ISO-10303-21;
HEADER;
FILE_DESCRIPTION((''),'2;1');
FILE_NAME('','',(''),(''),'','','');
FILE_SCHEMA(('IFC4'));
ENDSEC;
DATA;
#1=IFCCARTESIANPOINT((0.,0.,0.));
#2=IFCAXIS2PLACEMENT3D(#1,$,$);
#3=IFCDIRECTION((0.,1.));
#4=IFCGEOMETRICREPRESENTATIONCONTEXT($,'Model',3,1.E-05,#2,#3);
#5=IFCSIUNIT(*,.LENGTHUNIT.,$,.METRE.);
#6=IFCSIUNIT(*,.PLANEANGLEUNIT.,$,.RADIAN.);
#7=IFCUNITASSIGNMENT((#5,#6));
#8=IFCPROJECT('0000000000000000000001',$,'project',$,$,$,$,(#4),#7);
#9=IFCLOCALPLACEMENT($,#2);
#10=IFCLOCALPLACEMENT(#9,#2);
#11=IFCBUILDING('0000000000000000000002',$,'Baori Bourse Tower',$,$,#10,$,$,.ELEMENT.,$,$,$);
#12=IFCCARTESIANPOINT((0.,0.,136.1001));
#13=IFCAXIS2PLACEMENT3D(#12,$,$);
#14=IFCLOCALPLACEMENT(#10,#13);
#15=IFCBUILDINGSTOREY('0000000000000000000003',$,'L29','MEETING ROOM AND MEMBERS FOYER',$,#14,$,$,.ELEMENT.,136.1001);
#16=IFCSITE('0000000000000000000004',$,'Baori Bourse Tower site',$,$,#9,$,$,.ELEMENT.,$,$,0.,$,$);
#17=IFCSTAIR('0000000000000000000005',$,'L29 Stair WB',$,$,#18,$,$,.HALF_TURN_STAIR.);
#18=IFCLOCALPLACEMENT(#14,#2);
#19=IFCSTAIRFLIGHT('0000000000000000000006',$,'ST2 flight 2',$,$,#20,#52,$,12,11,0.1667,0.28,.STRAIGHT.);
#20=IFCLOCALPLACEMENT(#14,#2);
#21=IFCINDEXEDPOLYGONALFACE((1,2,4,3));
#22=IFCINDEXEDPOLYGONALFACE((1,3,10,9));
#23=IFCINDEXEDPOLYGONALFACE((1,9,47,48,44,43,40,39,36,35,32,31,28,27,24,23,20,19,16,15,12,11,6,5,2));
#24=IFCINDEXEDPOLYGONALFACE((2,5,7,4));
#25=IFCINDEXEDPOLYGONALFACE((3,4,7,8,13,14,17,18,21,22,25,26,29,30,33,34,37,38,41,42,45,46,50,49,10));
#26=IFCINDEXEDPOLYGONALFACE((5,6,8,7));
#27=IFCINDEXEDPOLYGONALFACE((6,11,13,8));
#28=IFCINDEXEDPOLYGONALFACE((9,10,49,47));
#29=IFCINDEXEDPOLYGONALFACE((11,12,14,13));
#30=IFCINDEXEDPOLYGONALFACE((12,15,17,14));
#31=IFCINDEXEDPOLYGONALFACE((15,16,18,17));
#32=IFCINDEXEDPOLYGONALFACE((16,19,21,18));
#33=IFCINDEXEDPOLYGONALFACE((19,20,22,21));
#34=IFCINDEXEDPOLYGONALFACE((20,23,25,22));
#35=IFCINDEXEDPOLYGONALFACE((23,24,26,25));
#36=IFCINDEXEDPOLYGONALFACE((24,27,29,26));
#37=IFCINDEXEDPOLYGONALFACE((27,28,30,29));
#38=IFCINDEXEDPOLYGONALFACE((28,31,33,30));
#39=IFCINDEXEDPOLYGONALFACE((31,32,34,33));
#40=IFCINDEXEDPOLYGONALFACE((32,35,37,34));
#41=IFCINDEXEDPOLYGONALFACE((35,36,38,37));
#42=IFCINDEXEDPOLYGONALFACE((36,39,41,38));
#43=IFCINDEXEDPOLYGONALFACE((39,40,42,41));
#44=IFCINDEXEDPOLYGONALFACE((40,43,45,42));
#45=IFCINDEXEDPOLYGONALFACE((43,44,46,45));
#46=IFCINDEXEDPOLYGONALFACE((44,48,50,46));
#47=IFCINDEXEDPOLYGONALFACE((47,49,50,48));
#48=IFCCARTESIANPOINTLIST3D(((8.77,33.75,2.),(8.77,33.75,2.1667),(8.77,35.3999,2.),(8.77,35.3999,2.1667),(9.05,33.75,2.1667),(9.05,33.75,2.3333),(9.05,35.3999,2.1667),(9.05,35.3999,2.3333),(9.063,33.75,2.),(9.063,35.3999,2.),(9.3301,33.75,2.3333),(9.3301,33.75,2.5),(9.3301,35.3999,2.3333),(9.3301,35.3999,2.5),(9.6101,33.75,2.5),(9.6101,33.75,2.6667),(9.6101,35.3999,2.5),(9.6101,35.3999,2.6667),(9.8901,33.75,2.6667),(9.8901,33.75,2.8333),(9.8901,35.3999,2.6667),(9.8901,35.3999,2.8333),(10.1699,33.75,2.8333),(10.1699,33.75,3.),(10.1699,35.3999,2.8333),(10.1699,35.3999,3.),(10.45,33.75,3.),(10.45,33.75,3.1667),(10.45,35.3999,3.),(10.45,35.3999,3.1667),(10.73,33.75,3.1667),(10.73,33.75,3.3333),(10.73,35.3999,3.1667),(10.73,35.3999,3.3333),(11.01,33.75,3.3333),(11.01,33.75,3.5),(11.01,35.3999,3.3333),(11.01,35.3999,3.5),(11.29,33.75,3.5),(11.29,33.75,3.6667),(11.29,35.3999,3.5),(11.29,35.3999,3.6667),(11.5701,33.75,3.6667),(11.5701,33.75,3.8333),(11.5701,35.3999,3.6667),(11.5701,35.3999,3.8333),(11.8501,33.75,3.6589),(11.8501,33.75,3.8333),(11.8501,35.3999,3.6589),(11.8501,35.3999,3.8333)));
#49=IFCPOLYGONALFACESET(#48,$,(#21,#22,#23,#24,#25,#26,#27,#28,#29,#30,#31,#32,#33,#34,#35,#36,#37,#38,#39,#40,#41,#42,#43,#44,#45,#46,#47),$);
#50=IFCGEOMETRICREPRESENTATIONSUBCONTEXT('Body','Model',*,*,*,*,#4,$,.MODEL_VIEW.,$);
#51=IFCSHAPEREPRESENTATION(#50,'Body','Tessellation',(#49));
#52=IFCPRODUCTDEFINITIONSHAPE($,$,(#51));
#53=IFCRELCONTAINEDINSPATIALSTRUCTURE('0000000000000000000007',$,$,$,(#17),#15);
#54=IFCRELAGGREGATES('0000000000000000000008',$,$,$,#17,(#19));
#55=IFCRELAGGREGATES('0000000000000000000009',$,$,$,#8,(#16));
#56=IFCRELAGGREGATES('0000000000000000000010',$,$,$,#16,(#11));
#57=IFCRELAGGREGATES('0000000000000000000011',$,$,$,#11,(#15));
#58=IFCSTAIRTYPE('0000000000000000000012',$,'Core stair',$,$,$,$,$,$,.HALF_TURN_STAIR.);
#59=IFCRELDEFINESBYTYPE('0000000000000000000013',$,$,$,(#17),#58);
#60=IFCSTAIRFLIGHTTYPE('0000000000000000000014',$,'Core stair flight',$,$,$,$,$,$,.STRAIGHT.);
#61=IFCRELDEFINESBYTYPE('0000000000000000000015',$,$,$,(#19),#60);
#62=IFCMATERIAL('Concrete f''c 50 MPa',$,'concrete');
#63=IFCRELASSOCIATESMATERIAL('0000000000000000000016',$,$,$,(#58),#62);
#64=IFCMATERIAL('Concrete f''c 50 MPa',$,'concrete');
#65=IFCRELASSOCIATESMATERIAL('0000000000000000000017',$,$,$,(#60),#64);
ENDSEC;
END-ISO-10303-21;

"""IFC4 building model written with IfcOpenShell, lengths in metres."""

from ifc_helpers import new_model, si_unit, direction, frame, origin, place, context, subcontext, project, spatial, polyline, outline, extrude, material, type_object, element, aggregate, save


model = new_model("IFC4")

# Units and contexts
model_context = context("Model", 3, precision=1e-05, world=origin(), true_north=direction((0.0, 1.0)))
body_context = subcontext(model_context, "Body", "Model", "MODEL_VIEW")
ifc_project = project(units=[si_unit("LENGTHUNIT", "METRE"), si_unit("PLANEANGLEUNIT", "RADIAN")], contexts=[model_context])

# Site, building, storey
site_placement = place(None, origin())
site = spatial("IfcSite", under=ifc_project, at=site_placement, Name="Baori Bourse Tower site", CompositionType="ELEMENT", RefElevation=0.0)
building_placement = place(site_placement, origin())
building = spatial("IfcBuilding", under=site, at=building_placement, Name="Baori Bourse Tower", CompositionType="ELEMENT")
storey_placement = place(building_placement, frame((0.0, 0.0, 136.1001)))
storey = spatial("IfcBuildingStorey", under=building, at=storey_placement, Name="L29", Description="MEETING ROOM AND MEMBERS FOYER", CompositionType="ELEMENT", Elevation=136.1001)

# Stair, stair flight
ifc_material_1 = material(Name="Concrete f'c 50 MPa", Category="concrete")
stair_type = type_object("IfcStairType", Name="Core stair", PredefinedType="HALF_TURN_STAIR", material=ifc_material_1)
stair_placement = place(storey_placement, origin())
stair = element("IfcStair", 1, at=stair_placement, inside=storey, type_object=stair_type, Name="L29 Stair WB", PredefinedType="HALF_TURN_STAIR")
ifc_material_2 = material(Name="Concrete f'c 50 MPa", Category="concrete")
stair_flight_type = type_object("IfcStairFlightType", Name="Core stair flight", PredefinedType="STRAIGHT", material=ifc_material_2)
stair_flight_1_placement = place(storey_placement, frame((8.77, 34.575, 2.0), z_axis=(0.0, 0.0, 1.0), x_axis=(1.0, 0.0, 0.0)))
stair_flight_1 = element("IfcStairFlight", 2, at=stair_flight_1_placement, type_object=stair_flight_type, Name="ST2 flight 2", NumberOfRisers=12, NumberOfTreads=11, PredefinedType="STRAIGHT", RiserHeight=0.1667, TreadLength=0.28, context=body_context, shape_type="SweptSolid", body=[
    extrude(outline(polyline([(0.0, 0.0), (0.0, 0.1667), (0.28, 0.1667), (0.28, 0.3333), (0.5601, 0.3333), (0.5601, 0.5), (0.8401, 0.5), (0.8401, 0.6667), (1.1201, 0.6667), (1.1201, 0.8333), (1.3999, 0.8333), (1.3999, 1.0), (1.6799, 1.0), (1.6799, 1.1667), (1.96, 1.1667), (1.96, 1.3333), (2.24, 1.3333), (2.24, 1.5), (2.52, 1.5), (2.52, 1.6667), (2.8, 1.6667), (2.8, 1.8333), (3.0801, 1.8333), (3.0801, 2.0), (3.0801, 1.6589), (0.293, 0.0), (0.0, 0.0)])), frame((0.0, 0.825, 0.0), z_axis=(0.0, -1.0, 0.0), x_axis=(1.0, 0.0, 0.0)), (0.0, 0.0, 1.0), 1.6499),
])
aggregate(stair, [stair_flight_1])

save(model, "model.ifc")
